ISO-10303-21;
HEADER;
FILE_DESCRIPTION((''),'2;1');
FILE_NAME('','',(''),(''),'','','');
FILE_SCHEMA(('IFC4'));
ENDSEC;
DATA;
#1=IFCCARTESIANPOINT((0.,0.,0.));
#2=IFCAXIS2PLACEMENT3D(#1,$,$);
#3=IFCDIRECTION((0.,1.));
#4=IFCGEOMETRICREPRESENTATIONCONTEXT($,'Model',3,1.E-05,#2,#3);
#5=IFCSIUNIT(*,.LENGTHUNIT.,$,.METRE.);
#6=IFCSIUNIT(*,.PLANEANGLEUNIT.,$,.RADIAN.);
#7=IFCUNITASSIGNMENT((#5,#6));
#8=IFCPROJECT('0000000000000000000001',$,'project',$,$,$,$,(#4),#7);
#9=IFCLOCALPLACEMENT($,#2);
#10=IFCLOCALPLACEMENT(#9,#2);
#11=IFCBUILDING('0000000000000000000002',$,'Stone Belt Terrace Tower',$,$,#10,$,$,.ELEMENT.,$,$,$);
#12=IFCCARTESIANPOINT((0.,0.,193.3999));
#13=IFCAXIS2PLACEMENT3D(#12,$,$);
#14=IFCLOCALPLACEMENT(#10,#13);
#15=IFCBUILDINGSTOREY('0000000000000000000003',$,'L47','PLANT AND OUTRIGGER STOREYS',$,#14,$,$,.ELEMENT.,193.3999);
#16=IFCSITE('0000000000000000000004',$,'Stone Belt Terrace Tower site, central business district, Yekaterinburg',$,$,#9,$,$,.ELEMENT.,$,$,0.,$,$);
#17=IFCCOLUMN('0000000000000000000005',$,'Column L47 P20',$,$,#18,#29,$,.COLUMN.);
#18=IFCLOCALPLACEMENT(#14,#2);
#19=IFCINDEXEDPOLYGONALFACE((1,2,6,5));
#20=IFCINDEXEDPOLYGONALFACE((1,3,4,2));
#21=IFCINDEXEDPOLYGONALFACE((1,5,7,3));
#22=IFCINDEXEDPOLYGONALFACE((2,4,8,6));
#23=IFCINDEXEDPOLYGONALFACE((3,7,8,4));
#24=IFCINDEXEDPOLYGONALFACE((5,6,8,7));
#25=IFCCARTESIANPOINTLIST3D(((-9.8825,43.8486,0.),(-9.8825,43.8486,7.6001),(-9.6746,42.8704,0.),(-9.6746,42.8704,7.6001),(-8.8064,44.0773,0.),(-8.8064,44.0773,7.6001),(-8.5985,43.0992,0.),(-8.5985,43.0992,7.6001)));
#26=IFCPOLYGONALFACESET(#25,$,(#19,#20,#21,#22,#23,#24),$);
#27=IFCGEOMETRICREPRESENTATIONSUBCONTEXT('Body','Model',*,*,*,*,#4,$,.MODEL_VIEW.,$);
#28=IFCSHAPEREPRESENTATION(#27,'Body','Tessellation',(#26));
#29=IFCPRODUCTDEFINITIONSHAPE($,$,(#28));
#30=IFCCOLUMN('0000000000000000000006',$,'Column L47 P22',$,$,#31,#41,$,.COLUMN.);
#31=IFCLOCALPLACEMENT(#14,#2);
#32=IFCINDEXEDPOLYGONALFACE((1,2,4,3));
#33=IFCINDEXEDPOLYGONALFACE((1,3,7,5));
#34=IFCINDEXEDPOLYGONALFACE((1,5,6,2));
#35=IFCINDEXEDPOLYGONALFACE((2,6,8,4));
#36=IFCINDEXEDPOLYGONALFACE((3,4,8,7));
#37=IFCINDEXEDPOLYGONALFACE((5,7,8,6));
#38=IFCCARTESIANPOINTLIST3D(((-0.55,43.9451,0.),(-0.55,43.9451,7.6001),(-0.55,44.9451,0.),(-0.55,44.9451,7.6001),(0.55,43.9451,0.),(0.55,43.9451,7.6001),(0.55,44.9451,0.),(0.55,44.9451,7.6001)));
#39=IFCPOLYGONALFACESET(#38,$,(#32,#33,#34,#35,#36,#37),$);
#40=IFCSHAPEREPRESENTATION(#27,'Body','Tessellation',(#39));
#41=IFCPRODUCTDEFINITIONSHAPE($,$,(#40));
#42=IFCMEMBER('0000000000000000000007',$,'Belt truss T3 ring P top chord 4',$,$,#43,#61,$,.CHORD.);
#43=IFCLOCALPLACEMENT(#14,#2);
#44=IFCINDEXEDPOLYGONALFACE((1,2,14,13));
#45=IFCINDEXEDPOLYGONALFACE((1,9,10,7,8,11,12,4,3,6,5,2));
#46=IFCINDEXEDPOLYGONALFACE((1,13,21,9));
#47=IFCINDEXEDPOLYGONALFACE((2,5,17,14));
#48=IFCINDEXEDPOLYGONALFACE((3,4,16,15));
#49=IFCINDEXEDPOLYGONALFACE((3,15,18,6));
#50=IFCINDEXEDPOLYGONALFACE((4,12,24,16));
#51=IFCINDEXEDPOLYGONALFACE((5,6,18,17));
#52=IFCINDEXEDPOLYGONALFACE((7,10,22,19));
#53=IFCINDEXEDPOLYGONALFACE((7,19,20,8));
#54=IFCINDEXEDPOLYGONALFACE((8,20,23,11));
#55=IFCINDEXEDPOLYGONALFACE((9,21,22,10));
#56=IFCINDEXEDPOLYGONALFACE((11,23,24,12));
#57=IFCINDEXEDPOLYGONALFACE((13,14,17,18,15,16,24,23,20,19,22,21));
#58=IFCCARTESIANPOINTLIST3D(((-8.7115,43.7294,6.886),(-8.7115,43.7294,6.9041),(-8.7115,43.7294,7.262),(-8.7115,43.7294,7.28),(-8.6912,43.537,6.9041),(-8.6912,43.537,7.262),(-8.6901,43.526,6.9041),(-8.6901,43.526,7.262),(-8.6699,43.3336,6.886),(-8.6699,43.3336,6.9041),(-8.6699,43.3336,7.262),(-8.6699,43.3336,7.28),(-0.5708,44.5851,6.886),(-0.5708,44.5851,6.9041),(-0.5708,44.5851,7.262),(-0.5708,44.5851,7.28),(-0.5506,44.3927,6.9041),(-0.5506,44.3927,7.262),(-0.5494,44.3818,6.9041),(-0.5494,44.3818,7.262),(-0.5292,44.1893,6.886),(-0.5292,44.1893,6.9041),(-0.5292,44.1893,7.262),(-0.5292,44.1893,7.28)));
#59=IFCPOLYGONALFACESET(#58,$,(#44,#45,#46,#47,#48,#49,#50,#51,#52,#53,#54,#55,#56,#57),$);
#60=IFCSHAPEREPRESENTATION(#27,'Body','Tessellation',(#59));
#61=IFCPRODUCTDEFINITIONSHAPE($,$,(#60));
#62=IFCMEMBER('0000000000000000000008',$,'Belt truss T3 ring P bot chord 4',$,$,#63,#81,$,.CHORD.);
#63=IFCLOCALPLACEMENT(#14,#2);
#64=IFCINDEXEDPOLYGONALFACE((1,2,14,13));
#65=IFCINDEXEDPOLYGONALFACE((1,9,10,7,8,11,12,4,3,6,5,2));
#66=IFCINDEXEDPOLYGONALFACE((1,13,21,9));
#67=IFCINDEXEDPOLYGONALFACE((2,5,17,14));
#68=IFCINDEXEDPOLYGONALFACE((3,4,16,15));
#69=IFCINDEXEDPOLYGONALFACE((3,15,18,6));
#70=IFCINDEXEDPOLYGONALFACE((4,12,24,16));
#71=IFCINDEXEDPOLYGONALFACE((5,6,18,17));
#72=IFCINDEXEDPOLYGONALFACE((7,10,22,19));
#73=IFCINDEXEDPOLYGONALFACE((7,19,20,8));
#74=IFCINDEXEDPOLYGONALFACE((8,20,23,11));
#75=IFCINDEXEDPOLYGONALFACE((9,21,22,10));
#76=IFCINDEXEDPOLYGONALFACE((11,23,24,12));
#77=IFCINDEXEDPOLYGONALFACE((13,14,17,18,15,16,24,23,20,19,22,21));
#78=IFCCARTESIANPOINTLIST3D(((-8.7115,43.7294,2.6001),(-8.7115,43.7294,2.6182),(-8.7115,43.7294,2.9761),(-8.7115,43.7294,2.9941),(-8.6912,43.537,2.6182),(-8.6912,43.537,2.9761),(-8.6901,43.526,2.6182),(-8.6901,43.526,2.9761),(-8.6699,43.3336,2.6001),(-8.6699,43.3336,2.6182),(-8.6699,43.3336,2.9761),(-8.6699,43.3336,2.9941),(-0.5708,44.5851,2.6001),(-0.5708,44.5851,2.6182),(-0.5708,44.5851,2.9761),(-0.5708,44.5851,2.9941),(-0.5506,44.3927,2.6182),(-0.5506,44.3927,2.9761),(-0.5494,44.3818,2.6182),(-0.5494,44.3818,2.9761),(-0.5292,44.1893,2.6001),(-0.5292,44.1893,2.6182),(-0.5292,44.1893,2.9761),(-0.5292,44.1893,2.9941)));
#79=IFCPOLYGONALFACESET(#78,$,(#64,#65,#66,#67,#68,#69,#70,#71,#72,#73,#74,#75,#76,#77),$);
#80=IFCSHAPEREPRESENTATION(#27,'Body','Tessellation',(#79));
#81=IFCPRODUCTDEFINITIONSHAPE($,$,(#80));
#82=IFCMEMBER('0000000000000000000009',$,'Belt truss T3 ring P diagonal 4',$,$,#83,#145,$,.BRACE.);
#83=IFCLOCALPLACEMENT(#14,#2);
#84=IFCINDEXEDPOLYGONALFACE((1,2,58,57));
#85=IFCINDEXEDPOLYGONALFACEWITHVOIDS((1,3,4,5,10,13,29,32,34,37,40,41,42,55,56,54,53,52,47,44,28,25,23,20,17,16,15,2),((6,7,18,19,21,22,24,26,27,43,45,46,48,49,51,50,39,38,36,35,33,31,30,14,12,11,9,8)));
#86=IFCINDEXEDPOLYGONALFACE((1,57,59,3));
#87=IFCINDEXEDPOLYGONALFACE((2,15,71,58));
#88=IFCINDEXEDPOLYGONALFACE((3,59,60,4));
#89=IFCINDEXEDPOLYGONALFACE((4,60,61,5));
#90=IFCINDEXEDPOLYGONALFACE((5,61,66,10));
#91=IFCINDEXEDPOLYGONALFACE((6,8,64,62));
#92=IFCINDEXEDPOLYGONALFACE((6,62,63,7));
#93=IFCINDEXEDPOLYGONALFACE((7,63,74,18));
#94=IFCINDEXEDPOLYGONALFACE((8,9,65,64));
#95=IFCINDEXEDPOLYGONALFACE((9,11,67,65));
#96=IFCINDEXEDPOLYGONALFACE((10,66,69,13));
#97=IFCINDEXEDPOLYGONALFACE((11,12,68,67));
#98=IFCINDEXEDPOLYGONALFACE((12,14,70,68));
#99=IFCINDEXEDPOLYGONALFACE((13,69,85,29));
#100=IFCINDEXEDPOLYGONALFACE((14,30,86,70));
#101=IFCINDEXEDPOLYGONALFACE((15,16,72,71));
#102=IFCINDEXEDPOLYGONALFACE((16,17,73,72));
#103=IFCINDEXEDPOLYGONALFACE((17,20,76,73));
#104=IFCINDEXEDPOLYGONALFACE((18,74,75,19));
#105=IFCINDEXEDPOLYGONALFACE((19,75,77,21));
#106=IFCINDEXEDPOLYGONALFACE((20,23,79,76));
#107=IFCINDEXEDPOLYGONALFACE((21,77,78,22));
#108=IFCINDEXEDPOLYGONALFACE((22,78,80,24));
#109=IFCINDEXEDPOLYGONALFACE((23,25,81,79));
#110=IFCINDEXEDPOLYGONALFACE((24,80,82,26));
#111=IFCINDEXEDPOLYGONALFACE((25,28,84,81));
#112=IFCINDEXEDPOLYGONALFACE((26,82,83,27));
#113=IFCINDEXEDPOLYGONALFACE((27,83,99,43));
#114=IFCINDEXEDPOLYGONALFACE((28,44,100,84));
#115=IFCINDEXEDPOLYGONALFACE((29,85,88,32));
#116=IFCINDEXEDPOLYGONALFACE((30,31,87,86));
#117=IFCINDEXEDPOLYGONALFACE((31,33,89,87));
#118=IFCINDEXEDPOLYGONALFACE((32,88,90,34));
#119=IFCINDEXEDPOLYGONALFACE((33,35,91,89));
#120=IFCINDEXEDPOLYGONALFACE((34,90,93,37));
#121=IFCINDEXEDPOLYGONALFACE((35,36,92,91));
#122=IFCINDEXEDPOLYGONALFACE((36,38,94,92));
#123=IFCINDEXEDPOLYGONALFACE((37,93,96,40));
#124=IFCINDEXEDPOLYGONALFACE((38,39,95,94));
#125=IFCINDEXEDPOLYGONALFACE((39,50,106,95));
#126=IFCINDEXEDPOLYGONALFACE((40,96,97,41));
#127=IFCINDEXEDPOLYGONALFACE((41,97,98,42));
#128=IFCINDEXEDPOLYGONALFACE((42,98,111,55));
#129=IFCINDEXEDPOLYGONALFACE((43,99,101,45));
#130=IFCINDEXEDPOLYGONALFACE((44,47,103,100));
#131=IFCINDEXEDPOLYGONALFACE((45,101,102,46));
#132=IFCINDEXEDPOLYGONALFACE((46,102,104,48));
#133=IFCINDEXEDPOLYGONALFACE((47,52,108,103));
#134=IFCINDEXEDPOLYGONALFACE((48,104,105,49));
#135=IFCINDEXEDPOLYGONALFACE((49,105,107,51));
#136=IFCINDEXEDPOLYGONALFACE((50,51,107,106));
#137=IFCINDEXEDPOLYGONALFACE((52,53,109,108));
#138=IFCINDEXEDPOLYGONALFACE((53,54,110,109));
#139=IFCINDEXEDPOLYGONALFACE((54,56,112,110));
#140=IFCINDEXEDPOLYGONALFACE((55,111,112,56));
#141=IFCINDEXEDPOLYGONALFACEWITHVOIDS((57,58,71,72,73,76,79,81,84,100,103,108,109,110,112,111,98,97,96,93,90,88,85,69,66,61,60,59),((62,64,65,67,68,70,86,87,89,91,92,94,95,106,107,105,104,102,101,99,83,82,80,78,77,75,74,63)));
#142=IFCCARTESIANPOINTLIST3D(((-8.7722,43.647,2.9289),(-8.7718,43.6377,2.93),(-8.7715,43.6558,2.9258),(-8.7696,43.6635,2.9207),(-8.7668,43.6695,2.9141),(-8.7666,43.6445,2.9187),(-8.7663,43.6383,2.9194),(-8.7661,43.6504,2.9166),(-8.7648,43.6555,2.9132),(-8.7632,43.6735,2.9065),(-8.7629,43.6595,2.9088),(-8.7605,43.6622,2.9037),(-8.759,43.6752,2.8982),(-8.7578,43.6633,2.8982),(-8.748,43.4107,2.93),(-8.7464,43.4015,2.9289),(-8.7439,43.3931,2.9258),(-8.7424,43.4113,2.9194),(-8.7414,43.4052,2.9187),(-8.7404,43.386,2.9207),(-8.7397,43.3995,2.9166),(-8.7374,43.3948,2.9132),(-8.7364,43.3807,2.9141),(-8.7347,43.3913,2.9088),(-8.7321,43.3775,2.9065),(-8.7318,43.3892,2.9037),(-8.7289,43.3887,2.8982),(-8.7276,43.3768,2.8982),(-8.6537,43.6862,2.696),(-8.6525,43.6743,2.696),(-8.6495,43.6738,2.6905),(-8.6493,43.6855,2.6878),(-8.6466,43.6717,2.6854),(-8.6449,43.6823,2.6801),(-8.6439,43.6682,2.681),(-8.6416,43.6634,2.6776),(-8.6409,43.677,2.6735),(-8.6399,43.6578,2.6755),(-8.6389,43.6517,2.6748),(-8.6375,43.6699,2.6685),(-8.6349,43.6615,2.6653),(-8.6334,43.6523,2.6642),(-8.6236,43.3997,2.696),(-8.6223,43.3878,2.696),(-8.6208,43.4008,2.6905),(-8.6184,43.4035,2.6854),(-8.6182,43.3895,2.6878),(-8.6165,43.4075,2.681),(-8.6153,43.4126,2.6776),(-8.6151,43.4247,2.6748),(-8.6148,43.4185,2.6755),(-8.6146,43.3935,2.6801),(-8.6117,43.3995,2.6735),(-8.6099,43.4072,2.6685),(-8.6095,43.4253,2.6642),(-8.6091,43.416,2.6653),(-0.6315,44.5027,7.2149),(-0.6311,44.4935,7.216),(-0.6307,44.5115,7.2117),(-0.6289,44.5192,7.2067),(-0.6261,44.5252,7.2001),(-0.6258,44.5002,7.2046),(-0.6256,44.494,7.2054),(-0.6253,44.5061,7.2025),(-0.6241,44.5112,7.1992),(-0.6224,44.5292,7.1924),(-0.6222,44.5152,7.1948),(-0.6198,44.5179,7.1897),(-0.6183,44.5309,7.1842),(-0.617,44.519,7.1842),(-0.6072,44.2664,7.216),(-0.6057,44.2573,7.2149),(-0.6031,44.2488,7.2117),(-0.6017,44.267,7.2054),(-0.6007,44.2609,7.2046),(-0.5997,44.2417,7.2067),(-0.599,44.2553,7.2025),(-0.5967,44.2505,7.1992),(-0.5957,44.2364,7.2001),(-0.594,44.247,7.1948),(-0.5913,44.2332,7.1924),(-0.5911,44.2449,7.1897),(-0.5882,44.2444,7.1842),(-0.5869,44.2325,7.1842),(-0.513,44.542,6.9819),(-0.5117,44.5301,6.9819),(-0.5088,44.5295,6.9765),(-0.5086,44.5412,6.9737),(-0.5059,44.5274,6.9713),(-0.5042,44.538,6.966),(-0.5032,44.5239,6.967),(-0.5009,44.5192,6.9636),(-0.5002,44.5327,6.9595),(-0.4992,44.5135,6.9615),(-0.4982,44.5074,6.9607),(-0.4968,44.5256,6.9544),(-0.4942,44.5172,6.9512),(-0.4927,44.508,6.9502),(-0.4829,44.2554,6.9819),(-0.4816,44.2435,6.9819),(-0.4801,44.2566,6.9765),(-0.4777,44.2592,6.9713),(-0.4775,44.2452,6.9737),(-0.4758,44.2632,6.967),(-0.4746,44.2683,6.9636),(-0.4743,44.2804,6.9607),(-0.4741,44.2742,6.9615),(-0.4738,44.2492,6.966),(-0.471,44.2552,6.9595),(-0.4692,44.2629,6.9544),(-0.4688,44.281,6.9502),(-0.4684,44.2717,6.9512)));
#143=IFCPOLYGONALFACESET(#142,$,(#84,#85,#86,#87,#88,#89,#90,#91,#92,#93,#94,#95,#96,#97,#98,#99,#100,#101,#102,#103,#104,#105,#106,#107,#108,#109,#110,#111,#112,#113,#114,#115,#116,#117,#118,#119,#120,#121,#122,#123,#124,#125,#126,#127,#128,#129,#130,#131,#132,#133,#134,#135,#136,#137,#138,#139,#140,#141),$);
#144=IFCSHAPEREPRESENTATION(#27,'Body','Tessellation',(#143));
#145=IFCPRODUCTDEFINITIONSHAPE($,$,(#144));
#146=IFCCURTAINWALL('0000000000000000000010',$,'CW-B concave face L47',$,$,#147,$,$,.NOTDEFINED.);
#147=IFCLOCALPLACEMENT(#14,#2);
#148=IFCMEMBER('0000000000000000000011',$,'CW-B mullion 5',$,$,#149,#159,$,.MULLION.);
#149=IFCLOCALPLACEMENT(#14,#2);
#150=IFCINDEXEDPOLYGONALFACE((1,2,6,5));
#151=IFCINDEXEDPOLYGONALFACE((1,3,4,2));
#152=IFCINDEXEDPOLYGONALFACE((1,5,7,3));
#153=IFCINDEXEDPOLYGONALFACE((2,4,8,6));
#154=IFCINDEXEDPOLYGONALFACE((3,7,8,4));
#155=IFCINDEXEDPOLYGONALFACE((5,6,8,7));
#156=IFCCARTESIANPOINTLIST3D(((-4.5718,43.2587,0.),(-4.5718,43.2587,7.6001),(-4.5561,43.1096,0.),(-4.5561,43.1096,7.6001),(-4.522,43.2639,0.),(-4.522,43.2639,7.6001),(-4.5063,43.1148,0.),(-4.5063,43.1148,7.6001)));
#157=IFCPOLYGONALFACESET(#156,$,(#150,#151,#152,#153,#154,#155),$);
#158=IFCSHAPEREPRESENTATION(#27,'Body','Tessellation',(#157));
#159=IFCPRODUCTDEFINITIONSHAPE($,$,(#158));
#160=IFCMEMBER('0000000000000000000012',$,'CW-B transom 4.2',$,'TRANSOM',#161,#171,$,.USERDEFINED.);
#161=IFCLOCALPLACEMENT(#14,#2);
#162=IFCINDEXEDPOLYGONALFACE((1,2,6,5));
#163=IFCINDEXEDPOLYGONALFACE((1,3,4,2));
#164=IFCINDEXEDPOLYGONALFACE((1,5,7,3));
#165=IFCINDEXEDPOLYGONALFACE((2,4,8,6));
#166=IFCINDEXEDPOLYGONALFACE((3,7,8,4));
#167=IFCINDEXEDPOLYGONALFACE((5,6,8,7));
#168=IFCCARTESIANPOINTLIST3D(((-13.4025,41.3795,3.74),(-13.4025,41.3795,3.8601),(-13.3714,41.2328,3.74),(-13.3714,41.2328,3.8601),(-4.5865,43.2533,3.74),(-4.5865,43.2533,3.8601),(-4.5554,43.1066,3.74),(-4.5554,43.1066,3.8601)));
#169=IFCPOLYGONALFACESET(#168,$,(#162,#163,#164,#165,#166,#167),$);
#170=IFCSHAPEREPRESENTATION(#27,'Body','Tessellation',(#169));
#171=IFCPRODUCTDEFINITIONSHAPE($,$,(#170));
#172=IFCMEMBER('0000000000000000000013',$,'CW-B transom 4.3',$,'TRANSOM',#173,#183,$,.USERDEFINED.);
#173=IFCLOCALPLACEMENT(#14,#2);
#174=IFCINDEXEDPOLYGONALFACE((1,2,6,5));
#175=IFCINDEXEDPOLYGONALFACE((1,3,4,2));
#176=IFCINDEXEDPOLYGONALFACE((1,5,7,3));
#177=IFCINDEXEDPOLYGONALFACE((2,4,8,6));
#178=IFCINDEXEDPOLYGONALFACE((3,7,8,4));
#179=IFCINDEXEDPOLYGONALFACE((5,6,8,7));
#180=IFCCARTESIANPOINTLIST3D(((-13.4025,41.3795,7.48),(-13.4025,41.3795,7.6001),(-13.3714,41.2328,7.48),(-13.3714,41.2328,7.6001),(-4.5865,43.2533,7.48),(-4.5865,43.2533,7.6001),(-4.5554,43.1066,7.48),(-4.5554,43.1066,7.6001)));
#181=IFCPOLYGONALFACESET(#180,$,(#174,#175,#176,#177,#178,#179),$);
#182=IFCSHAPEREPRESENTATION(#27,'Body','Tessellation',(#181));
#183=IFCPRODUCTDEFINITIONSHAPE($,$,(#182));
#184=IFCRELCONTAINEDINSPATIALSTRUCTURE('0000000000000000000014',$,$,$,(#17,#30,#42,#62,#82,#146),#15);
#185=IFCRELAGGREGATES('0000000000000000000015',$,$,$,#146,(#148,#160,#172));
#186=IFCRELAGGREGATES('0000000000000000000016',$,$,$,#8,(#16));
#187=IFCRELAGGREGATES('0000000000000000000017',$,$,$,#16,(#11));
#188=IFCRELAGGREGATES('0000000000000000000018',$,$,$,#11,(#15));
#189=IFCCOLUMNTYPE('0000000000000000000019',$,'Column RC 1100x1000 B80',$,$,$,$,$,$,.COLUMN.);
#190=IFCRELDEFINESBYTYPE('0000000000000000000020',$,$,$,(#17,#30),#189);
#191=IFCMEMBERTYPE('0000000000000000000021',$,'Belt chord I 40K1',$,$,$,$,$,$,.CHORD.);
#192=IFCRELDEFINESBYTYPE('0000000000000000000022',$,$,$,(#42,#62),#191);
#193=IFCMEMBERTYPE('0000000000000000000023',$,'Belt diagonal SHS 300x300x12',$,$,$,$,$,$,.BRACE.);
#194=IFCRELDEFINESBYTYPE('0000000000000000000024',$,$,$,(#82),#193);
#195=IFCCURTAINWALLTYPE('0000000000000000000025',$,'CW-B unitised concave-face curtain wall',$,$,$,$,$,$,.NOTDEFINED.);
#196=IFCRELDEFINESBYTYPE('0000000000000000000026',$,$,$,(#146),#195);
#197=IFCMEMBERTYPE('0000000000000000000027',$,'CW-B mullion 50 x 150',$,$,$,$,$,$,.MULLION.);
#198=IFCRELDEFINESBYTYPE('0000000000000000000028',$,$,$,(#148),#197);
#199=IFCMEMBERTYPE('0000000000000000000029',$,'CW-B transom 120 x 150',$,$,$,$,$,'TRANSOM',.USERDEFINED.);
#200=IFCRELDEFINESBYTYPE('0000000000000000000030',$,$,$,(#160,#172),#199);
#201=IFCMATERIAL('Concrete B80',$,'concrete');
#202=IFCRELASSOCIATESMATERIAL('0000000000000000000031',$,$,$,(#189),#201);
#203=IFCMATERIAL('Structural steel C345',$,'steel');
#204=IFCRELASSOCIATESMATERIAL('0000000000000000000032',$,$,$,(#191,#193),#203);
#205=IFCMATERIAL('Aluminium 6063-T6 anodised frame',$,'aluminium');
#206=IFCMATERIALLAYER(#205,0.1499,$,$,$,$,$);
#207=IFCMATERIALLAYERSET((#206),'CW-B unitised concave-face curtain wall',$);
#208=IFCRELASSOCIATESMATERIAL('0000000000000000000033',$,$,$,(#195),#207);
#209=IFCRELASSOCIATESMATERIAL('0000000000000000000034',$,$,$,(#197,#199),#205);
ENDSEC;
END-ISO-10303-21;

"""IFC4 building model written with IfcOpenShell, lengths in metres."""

from ifc_helpers import new_model, si_unit, direction, frame, origin, origin_2d, place, context, subcontext, project, spatial, rectangle, hollow_rectangle, i_section, extrude, material, layer, layer_set, material_profile, profile_set, type_object, element, aggregate, save


model = new_model("IFC4")

# Units and contexts
model_context = context("Model", 3, precision=1e-05, world=origin(), true_north=direction((0.0, 1.0)))
body_context = subcontext(model_context, "Body", "Model", "MODEL_VIEW")
ifc_project = project(units=[si_unit("LENGTHUNIT", "METRE"), si_unit("PLANEANGLEUNIT", "RADIAN")], contexts=[model_context])

# Site, building, storey
site_placement = place(None, origin())
site = spatial("IfcSite", under=ifc_project, at=site_placement, Name="Stone Belt Terrace Tower site, central business district, Yekaterinburg", CompositionType="ELEMENT", RefElevation=0.0)
building_placement = place(site_placement, origin())
building = spatial("IfcBuilding", under=site, at=building_placement, Name="Stone Belt Terrace Tower", CompositionType="ELEMENT")
storey_placement = place(building_placement, frame((0.0, 0.0, 193.3999)))
storey = spatial("IfcBuildingStorey", under=building, at=storey_placement, Name="L47", Description="PLANT AND OUTRIGGER STOREYS", CompositionType="ELEMENT", Elevation=193.3999)

# Columns
ifc_material_1 = material(Name="Concrete B80", Category="concrete")
ifc_material_profile_1 = material_profile(ifc_material_1, rectangle(XDim=1.1001, YDim=1.0, at=origin_2d()), Name="RC 1100x1000")
ifc_profile_set_1 = profile_set([ifc_material_profile_1], Name="Concrete B80")
column_type = type_object("IfcColumnType", Name="Column RC 1100x1000 B80", PredefinedType="COLUMN", material=ifc_profile_set_1)
for number, where, z_axis, x_axis, name in (
    (1, (-9.2405, 43.4739, 0.0), (0.0, 0.0, 1.0), (0.978148, 0.207912, 0.0), "Column L47 P20"),
    (2, (0.0, 44.4451, 0.0), (0.0, 0.0, 1.0), (1.0, 0.0, 0.0), "Column L47 P22"),
):
    element("IfcColumn", number, at=place(storey_placement, frame(where, z_axis=z_axis, x_axis=x_axis)), inside=storey, type_object=column_type, Name=name, PredefinedType="COLUMN", context=body_context, shape_type="SweptSolid", body=[
        extrude(rectangle(XDim=1.1001, YDim=1.0, at=origin_2d()), origin(), (0.0, 0.0, 1.0), 7.6001),
    ])

# Members
ifc_material_2 = material(Name="Structural steel C345", Category="steel")
ifc_material_profile_2 = material_profile(ifc_material_2, i_section(OverallWidth=0.3979, OverallDepth=0.394, WebThickness=0.011, FlangeThickness=0.0181, at=origin_2d()), Name="I 40K1")
ifc_profile_set_2 = profile_set([ifc_material_profile_2], Name="Structural steel C345")
member_type_1 = type_object("IfcMemberType", Name="Belt chord I 40K1", PredefinedType="CHORD", material=ifc_profile_set_2)
for number, where, z_axis, x_axis, name in (
    (3, (-8.6907, 43.5315, 7.083), (0.994521, 0.10454, 0.0), (-0.10454, 0.994521, 0.0), "Belt truss T3 ring P top chord 4"),
    (4, (-8.6907, 43.5315, 2.7971), (0.994521, 0.10454, 0.0), (-0.10454, 0.994521, 0.0), "Belt truss T3 ring P bot chord 4"),
):
    element("IfcMember", number, at=place(storey_placement, frame(where, z_axis=z_axis, x_axis=x_axis)), inside=storey, type_object=member_type_1, Name=name, PredefinedType="CHORD", context=body_context, shape_type="SweptSolid", body=[
        extrude(i_section(OverallWidth=0.3979, OverallDepth=0.394, WebThickness=0.011, FlangeThickness=0.0181, at=origin_2d()), origin(), (0.0, 0.0, 1.0), 8.1855),
    ])
ifc_material_profile_3 = material_profile(ifc_material_2, hollow_rectangle(XDim=0.3, YDim=0.3, WallThickness=0.012, InnerFilletRadius=0.0239, OuterFilletRadius=0.0359, at=origin_2d()), Name="SHS 300x300x12")
ifc_profile_set_3 = profile_set([ifc_material_profile_3], Name="Structural steel C345")
member_type_2 = type_object("IfcMemberType", Name="Belt diagonal SHS 300x300x12", PredefinedType="BRACE", material=ifc_profile_set_3)
member_1_placement = place(storey_placement, frame((-8.6907, 43.5315, 2.7971), z_axis=(0.881055, 0.092613, 0.463859), x_axis=(-0.10454, 0.994521, 0.0)))
element("IfcMember", 5, at=member_1_placement, inside=storey, type_object=member_type_2, Name="Belt truss T3 ring P diagonal 4", PredefinedType="BRACE", context=body_context, shape_type="SweptSolid", body=[
    extrude(hollow_rectangle(XDim=0.3, YDim=0.3, WallThickness=0.012, InnerFilletRadius=0.0239, OuterFilletRadius=0.0359, at=origin_2d()), origin(), (0.0, 0.0, 1.0), 9.2397),
])

# Curtain wall, members
ifc_material_3 = material(Name="Aluminium 6063-T6 anodised frame", Category="aluminium")
ifc_layer_1 = layer(ifc_material_3, 0.1499)
ifc_layer_set_1 = layer_set([ifc_layer_1], Name="CW-B unitised concave-face curtain wall")
curtain_wall_type = type_object("IfcCurtainWallType", Name="CW-B unitised concave-face curtain wall", PredefinedType="NOTDEFINED", material=ifc_layer_set_1)
curtain_wall_placement = place(storey_placement, origin())
curtain_wall = element("IfcCurtainWall", 6, at=curtain_wall_placement, inside=storey, type_object=curtain_wall_type, Name="CW-B concave face L47", PredefinedType="NOTDEFINED")
ifc_material_profile_4 = material_profile(ifc_material_3, rectangle(XDim=0.1499, YDim=0.05, at=origin_2d()), Name="Aluminium 6063-T6 50x150")
ifc_profile_set_4 = profile_set([ifc_material_profile_4], Name="Aluminium 6063-T6 anodised frame")
member_type_3 = type_object("IfcMemberType", Name="CW-B mullion 50 x 150", PredefinedType="MULLION", material=ifc_profile_set_4)
member_2_placement = place(storey_placement, frame((-4.5391, 43.1868, 0.0), z_axis=(0.0, 0.0, 1.0), x_axis=(-0.104528, 0.994522, 0.0)))
member_2 = element("IfcMember", 7, at=member_2_placement, type_object=member_type_3, Name="CW-B mullion 5", PredefinedType="MULLION", context=body_context, shape_type="SweptSolid", body=[
    extrude(rectangle(XDim=0.1499, YDim=0.05, at=origin_2d()), origin(), (0.0, 0.0, 1.0), 7.6001),
])
ifc_material_profile_5 = material_profile(ifc_material_3, rectangle(XDim=0.1499, YDim=0.1201, at=origin_2d()), Name="Aluminium 6063-T6 150x120")
ifc_profile_set_5 = profile_set([ifc_material_profile_5], Name="Aluminium 6063-T6 anodised frame")
member_type_4 = type_object("IfcMemberType", Name="CW-B transom 120 x 150", ElementType="TRANSOM", PredefinedType="USERDEFINED", material=ifc_profile_set_5)
member_3_placement = place(storey_placement, frame((-13.387, 41.3062, 3.8), z_axis=(0.97815, 0.207901, 0.0), x_axis=(-0.207901, 0.97815, 0.0)))
member_3 = element("IfcMember", 8, at=member_3_placement, type_object=member_type_4, Name="CW-B transom 4.2", ObjectType="TRANSOM", PredefinedType="USERDEFINED", context=body_context, shape_type="SweptSolid", body=[
    extrude(rectangle(XDim=0.1499, YDim=0.1201, at=origin_2d()), origin(), (0.0, 0.0, 1.0), 9.0129),
])
member_4_placement = place(storey_placement, frame((-13.387, 41.3062, 7.54), z_axis=(0.97815, 0.207901, 0.0), x_axis=(-0.207901, 0.97815, 0.0)))
member_4 = element("IfcMember", 9, at=member_4_placement, type_object=member_type_4, Name="CW-B transom 4.3", ObjectType="TRANSOM", PredefinedType="USERDEFINED", context=body_context, shape_type="SweptSolid", body=[
    extrude(rectangle(XDim=0.1499, YDim=0.1201, at=origin_2d()), origin(), (0.0, 0.0, 1.0), 9.0129),
])

aggregate(curtain_wall, [member_2, member_3, member_4])

save(model, "model.ifc")
